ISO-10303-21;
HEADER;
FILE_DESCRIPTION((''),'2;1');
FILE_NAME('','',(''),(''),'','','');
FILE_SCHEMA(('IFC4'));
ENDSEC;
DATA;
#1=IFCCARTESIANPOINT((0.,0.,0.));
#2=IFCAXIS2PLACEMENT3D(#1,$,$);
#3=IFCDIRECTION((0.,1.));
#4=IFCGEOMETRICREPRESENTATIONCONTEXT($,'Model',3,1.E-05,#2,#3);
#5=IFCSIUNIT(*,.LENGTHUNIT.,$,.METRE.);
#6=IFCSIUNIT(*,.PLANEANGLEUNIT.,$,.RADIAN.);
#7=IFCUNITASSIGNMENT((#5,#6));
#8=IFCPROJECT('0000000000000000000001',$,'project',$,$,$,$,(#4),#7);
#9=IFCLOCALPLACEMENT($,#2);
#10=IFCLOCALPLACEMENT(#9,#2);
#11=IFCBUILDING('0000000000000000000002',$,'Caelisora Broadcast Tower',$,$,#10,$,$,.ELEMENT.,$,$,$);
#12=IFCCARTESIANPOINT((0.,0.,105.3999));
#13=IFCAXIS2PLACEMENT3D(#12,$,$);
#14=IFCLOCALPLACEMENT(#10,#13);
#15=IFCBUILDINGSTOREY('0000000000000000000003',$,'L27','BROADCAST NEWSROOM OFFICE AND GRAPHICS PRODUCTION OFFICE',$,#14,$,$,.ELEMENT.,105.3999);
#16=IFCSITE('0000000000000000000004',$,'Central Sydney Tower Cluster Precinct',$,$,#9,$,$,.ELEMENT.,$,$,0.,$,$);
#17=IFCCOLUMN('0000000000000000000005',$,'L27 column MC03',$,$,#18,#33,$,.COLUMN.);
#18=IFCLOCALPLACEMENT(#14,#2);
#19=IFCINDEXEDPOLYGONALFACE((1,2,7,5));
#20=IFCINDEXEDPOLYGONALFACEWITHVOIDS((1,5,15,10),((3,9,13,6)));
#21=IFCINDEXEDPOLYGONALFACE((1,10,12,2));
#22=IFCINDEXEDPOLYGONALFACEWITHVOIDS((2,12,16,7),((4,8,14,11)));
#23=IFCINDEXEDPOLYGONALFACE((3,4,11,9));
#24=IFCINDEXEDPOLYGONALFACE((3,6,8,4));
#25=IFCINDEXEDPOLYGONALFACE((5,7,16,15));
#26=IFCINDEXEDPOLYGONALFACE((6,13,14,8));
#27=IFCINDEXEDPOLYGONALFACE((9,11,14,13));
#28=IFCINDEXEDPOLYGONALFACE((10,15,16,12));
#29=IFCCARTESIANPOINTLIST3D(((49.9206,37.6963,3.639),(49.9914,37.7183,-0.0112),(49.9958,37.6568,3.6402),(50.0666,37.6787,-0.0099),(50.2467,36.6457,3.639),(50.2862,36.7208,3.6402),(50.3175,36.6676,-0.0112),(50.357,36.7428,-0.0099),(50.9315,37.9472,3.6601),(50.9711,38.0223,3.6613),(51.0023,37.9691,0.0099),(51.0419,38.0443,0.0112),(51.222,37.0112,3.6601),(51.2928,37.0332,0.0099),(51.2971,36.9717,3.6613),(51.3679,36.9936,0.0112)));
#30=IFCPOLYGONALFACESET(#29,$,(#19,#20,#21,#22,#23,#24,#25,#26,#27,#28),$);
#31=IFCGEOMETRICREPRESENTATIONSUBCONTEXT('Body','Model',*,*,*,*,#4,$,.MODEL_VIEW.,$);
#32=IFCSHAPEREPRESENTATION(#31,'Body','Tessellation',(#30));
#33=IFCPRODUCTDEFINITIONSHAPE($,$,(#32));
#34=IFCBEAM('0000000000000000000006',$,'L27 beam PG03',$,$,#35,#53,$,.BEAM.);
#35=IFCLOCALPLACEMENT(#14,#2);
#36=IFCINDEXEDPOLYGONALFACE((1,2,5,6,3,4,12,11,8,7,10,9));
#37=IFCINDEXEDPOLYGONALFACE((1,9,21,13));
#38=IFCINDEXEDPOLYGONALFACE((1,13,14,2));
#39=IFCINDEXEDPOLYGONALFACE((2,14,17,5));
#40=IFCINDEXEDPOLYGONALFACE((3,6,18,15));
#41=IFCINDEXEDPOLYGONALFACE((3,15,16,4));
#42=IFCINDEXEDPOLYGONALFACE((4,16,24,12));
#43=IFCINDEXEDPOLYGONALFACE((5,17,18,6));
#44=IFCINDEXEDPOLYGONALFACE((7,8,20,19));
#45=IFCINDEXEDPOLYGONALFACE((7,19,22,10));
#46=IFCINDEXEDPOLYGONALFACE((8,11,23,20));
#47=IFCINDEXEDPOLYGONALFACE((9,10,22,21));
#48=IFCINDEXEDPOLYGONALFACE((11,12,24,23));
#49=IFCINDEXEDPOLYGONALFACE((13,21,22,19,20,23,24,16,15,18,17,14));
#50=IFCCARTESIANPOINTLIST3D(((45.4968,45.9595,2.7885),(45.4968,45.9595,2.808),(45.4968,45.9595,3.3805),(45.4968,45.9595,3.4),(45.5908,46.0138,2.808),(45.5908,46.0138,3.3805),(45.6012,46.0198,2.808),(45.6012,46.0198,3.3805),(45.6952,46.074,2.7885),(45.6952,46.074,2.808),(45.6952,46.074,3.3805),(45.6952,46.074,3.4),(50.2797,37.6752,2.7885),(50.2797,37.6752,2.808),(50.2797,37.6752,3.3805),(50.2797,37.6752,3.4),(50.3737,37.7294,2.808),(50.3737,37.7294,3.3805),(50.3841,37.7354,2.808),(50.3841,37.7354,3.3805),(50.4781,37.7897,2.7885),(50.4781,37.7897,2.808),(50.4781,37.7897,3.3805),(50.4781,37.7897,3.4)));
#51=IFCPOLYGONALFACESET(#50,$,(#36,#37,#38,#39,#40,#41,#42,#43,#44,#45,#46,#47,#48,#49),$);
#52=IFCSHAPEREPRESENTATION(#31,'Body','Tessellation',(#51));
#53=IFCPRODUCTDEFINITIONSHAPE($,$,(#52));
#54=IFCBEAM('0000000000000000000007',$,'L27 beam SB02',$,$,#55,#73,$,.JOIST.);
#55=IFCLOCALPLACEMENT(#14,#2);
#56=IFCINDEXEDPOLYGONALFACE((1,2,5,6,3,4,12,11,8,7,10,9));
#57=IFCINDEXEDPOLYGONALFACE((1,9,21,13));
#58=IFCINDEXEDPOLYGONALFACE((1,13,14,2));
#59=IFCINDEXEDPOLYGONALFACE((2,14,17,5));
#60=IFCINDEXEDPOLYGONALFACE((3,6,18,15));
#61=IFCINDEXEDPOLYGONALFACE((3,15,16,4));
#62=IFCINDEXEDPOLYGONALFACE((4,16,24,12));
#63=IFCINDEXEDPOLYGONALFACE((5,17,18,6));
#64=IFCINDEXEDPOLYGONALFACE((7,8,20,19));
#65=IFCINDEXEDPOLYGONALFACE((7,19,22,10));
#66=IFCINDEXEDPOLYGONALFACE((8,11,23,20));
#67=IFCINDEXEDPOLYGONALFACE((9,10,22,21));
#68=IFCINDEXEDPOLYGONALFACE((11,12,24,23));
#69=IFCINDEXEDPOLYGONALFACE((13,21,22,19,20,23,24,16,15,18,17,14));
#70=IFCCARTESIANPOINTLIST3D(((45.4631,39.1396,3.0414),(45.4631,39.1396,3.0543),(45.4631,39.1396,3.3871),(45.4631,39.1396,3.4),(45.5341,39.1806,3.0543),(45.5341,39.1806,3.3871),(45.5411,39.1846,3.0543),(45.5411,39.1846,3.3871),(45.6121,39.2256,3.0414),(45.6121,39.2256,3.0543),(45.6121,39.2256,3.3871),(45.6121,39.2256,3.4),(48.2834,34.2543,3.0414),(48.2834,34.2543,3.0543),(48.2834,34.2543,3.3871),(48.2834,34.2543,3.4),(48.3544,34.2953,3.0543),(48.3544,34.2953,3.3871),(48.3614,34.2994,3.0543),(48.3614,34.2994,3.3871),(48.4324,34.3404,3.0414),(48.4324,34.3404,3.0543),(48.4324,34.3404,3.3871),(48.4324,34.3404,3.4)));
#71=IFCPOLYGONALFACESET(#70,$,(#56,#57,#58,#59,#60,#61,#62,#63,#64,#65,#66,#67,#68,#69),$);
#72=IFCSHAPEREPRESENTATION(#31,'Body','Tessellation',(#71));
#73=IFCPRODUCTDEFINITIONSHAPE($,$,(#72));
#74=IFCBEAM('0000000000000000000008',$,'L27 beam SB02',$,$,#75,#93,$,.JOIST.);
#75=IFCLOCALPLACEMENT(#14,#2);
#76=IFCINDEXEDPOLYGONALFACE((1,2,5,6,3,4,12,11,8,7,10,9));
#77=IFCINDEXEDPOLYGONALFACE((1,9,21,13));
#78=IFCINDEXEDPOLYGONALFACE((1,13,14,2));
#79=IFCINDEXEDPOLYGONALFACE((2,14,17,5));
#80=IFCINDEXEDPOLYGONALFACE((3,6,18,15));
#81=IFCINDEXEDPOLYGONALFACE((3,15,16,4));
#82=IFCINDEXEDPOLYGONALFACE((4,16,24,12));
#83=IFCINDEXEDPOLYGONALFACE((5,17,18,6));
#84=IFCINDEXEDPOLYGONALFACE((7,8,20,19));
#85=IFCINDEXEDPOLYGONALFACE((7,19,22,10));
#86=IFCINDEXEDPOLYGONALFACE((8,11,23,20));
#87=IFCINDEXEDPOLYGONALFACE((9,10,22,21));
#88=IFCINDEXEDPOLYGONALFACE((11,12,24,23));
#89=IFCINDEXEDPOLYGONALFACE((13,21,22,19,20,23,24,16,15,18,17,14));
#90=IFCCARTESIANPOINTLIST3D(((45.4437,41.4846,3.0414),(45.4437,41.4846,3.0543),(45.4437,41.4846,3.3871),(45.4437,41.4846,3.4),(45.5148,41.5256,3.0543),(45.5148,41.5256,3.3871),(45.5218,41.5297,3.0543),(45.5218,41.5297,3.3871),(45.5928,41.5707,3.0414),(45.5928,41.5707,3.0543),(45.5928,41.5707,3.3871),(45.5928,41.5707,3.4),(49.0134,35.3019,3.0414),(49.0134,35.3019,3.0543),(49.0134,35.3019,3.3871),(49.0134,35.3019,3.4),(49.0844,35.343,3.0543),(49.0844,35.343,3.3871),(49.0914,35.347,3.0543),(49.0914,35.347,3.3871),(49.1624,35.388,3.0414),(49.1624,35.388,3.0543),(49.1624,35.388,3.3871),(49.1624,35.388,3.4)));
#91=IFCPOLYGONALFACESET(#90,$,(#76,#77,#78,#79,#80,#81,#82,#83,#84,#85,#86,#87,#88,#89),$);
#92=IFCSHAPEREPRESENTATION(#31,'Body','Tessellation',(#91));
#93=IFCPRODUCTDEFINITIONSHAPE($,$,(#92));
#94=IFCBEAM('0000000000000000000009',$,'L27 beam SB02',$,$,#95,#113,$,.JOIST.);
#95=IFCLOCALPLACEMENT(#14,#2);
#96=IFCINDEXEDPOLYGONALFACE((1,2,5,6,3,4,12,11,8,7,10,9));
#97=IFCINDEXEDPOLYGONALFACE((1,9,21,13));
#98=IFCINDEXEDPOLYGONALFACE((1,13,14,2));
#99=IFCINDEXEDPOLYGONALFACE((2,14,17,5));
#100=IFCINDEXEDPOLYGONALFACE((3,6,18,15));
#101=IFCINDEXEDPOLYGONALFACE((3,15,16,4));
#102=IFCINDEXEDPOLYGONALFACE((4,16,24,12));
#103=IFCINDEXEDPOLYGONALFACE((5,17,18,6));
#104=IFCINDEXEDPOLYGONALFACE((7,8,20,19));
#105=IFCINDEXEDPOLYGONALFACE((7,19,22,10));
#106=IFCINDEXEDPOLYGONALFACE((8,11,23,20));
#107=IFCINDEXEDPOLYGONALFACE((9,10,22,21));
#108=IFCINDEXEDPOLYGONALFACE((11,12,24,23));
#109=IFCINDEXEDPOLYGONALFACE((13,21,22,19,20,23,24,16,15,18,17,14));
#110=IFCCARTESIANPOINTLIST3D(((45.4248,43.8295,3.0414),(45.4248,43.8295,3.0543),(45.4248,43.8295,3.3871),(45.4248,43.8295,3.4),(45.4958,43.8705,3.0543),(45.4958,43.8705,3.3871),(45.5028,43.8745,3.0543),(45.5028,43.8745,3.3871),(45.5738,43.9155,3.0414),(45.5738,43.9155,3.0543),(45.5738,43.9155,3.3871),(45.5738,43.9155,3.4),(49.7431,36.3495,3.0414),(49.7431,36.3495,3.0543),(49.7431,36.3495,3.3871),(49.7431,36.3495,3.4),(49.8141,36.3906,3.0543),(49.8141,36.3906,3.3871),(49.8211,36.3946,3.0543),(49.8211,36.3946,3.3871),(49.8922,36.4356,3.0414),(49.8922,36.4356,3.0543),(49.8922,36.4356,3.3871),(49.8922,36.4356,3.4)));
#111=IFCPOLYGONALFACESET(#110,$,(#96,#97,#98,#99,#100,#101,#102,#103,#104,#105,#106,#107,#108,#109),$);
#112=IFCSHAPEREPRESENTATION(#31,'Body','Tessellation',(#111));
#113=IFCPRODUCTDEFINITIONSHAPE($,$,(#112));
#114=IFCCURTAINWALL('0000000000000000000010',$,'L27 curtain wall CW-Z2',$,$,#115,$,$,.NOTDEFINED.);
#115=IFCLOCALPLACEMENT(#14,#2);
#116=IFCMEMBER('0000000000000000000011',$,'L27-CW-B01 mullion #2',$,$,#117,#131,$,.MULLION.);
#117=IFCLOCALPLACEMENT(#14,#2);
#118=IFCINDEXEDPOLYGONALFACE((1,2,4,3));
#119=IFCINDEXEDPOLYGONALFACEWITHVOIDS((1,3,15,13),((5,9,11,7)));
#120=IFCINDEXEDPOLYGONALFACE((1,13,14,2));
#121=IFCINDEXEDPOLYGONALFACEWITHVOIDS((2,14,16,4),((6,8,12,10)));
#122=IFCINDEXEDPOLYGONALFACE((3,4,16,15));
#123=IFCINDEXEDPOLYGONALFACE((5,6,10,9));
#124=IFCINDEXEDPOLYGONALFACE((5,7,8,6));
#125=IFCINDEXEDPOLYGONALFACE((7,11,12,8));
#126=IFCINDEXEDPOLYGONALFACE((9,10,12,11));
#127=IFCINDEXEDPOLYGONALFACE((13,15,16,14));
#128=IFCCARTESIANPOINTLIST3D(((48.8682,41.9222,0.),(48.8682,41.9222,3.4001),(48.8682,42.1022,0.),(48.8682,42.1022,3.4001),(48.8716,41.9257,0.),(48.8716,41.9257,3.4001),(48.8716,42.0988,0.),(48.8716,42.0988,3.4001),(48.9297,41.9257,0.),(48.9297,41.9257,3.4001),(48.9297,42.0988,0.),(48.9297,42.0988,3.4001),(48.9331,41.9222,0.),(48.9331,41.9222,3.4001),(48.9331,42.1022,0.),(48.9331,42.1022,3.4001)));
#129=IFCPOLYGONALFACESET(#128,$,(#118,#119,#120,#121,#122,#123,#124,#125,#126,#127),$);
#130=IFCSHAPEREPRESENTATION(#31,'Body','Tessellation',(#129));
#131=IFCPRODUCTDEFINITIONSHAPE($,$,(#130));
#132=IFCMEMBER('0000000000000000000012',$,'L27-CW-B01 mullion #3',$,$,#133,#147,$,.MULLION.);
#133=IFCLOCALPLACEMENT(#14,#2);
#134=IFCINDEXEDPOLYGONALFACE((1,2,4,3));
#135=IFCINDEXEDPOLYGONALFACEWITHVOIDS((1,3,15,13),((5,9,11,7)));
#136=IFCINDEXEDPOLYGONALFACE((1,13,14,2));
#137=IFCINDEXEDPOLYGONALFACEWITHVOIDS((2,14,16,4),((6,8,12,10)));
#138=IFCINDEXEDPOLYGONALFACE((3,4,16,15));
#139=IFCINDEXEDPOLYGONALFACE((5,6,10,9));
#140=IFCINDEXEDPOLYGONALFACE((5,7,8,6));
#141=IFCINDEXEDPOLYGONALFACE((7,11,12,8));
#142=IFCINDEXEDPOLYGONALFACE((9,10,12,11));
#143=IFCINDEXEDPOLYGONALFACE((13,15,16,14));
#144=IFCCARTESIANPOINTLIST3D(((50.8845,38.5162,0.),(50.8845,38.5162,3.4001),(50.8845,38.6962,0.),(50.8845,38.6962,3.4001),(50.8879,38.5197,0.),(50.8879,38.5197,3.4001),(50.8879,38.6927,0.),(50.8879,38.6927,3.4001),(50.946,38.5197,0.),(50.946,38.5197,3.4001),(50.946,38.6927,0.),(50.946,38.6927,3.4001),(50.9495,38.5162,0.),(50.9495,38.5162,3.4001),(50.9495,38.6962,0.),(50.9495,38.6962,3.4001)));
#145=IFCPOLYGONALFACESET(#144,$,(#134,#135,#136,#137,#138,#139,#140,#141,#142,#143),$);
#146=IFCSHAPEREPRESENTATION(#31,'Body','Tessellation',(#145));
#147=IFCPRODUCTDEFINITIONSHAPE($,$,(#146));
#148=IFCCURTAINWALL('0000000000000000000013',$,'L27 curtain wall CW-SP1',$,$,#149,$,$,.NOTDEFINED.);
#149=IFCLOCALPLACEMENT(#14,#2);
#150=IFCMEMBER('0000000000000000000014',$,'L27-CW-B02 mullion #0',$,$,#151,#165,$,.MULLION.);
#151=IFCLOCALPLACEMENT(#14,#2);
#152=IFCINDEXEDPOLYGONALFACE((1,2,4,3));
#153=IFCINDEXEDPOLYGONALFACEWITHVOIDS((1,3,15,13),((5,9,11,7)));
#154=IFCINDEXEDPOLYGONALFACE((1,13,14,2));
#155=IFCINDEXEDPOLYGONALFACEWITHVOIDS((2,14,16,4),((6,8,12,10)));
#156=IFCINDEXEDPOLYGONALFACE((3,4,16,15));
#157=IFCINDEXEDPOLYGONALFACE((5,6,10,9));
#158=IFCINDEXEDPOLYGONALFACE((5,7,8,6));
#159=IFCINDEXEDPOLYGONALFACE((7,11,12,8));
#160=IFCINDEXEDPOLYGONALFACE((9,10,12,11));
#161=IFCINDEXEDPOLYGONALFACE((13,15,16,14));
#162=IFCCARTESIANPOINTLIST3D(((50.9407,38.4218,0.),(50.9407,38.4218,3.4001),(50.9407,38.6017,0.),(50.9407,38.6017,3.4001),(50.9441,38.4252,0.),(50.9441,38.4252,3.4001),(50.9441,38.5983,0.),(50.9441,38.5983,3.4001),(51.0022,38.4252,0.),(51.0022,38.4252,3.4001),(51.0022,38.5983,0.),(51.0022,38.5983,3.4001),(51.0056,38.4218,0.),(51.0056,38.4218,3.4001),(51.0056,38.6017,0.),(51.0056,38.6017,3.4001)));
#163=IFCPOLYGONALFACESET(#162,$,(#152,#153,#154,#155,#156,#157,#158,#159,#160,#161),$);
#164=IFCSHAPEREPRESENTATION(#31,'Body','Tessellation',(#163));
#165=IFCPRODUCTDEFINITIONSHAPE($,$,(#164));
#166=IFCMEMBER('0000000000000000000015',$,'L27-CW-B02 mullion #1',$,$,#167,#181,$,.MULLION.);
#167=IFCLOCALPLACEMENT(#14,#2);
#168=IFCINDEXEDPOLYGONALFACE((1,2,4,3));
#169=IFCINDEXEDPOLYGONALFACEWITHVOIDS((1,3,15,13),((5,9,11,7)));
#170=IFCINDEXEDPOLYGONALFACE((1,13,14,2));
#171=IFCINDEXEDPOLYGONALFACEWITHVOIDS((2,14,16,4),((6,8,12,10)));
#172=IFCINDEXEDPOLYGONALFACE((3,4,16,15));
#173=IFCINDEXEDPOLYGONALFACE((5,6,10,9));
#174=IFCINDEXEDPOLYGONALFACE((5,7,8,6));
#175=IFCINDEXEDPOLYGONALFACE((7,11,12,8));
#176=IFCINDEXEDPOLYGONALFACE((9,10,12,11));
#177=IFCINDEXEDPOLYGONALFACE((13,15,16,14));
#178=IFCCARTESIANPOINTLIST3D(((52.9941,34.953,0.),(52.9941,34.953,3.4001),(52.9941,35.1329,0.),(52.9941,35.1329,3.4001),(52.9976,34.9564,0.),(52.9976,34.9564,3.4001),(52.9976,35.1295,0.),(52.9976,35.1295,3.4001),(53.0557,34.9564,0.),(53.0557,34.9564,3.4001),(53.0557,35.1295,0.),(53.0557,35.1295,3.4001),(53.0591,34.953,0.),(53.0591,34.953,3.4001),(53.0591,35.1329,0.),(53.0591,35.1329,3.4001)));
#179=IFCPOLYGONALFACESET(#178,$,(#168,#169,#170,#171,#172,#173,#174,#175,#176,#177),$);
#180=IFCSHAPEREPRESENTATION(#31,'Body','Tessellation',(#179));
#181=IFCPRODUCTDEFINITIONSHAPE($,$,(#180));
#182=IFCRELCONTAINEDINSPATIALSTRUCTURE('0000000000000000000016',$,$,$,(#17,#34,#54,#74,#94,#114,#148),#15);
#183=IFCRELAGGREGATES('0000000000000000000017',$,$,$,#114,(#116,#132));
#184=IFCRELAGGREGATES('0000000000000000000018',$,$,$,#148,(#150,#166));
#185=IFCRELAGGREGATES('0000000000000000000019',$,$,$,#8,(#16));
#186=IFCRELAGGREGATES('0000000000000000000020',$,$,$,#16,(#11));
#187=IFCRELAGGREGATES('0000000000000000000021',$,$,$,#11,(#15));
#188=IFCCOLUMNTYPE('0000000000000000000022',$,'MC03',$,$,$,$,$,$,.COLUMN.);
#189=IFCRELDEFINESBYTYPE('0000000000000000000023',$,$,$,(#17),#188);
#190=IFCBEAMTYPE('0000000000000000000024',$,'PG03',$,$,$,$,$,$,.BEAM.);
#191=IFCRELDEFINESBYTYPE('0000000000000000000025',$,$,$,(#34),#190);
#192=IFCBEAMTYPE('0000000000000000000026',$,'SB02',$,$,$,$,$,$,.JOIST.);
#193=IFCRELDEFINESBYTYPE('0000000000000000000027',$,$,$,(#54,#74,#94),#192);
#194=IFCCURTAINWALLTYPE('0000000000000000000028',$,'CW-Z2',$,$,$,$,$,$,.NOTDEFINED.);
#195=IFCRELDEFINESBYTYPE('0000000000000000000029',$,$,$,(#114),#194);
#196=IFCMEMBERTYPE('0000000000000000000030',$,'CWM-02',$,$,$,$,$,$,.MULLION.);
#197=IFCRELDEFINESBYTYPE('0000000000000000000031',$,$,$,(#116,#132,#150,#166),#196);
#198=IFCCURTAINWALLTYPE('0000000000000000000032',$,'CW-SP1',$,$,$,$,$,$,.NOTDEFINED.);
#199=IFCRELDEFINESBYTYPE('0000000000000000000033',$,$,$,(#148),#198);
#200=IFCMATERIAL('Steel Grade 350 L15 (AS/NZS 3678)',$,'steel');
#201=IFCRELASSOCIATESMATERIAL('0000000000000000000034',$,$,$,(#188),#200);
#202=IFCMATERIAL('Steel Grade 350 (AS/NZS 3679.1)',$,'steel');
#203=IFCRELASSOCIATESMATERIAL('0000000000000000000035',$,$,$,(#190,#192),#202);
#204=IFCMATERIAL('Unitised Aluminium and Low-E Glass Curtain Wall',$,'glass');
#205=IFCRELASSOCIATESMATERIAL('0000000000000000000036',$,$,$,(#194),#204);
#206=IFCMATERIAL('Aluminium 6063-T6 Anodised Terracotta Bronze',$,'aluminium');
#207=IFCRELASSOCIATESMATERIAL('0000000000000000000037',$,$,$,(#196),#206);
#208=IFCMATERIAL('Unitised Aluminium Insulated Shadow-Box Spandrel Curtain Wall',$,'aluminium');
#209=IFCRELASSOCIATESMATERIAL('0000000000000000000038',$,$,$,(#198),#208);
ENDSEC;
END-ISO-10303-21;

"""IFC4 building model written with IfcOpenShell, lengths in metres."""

from ifc_helpers import new_model, si_unit, direction, frame, origin, origin_2d, place, context, subcontext, project, spatial, hollow_rectangle, i_section, extrude, source, transform, mapped, material, material_profile, profile_set, type_object, type_shapes, element, aggregate, save


model = new_model("IFC4")

# Units and contexts
model_context = context("Model", 3, precision=1e-05, world=origin(), true_north=direction((0.0, 1.0)))
body_context = subcontext(model_context, "Body", "Model", "MODEL_VIEW")
ifc_project = project(units=[si_unit("LENGTHUNIT", "METRE"), si_unit("PLANEANGLEUNIT", "RADIAN")], contexts=[model_context])

# Site, building, storey
site_placement = place(None, origin())
site = spatial("IfcSite", under=ifc_project, at=site_placement, Name="Central Sydney Tower Cluster Precinct", CompositionType="ELEMENT", RefElevation=0.0)
building_placement = place(site_placement, origin())
building = spatial("IfcBuilding", under=site, at=building_placement, Name="Caelisora Broadcast Tower", CompositionType="ELEMENT")
storey_placement = place(building_placement, frame((0.0, 0.0, 105.3999)))
storey = spatial("IfcBuildingStorey", under=building, at=storey_placement, Name="L27", Description="BROADCAST NEWSROOM OFFICE AND GRAPHICS PRODUCTION OFFICE", CompositionType="ELEMENT", Elevation=105.3999)

# Column
ifc_material_1 = material(Name="Steel Grade 350 L15 (AS/NZS 3678)", Category="steel")
ifc_material_profile_1 = material_profile(ifc_material_1, hollow_rectangle(XDim=1.1001, YDim=1.1001, WallThickness=0.0601, at=origin_2d()), Name="Steel Grade 350 L15 (AS/NZS 3678)")
ifc_profile_set_1 = profile_set([ifc_material_profile_1], Name="Steel Grade 350 L15 (AS/NZS 3678)")
column_type = type_object("IfcColumnType", Name="MC03", PredefinedType="COLUMN", material=ifc_profile_set_1)
shared_shape_1 = source(origin(), body_context, "Body", "SweptSolid", [
    extrude(hollow_rectangle(XDim=1.1001, YDim=1.1001, WallThickness=0.0601, at=origin_2d()), origin(), (0.0, 0.0, 1.0), 3.6509),
])
type_shapes(column_type, [shared_shape_1])
column_placement = place(storey_placement, frame((50.6797, 37.356, 0.0), z_axis=(-0.019393, -0.006018, 0.999794), x_axis=(0.296399, -0.955064, 0.0)))
element("IfcColumn", 1, at=column_placement, inside=storey, type_object=column_type, Name="L27 column MC03", PredefinedType="COLUMN", context=body_context, shape_type="MappedRepresentation", body=[
    mapped(shared_shape_1, transform((0.0, 0.0, 0.0), scale=1.0)),
])

# Beams
ifc_material_2 = material(Name="Steel Grade 350 (AS/NZS 3679.1)", Category="steel")
ifc_material_profile_2 = material_profile(ifc_material_2, i_section(OverallWidth=0.229, OverallDepth=0.6116, WebThickness=0.012, FlangeThickness=0.0195, at=origin_2d()), Name="Steel Grade 350 (AS/NZS 3679.1)")
ifc_profile_set_2 = profile_set([ifc_material_profile_2], Name="Steel Grade 350 (AS/NZS 3679.1)")
beam_type_1 = type_object("IfcBeamType", Name="PG03", PredefinedType="BEAM", material=ifc_profile_set_2)
shared_shape_2 = source(origin(), body_context, "Body", "SweptSolid", [
    extrude(i_section(OverallWidth=0.229, OverallDepth=0.6116, WebThickness=0.012, FlangeThickness=0.0195, at=origin_2d()), origin(), (0.0, 0.0, 1.0), 9.5659),
])
type_shapes(beam_type_1, [shared_shape_2])
beam_1_placement = place(storey_placement, frame((50.3789, 37.7324, 3.0942), z_axis=(-0.499996, 0.866028, 0.0), x_axis=(-0.866028, -0.499996, 0.0)))
element("IfcBeam", 2, at=beam_1_placement, inside=storey, type_object=beam_type_1, Name="L27 beam PG03", PredefinedType="BEAM", context=body_context, shape_type="MappedRepresentation", body=[
    mapped(shared_shape_2, transform((0.0, 0.0, 0.0), scale=1.0)),
])
ifc_material_profile_3 = material_profile(ifc_material_2, i_section(OverallWidth=0.1721, OverallDepth=0.3586, WebThickness=0.0081, FlangeThickness=0.0129, at=origin_2d()), Name="Steel Grade 350 (AS/NZS 3679.1)")
ifc_profile_set_3 = profile_set([ifc_material_profile_3], Name="Steel Grade 350 (AS/NZS 3679.1)")
beam_type_2 = type_object("IfcBeamType", Name="SB02", PredefinedType="JOIST", material=ifc_profile_set_3)
shared_shape_3 = source(origin(), body_context, "Body", "SweptSolid", [
    extrude(i_section(OverallWidth=0.1721, OverallDepth=0.3586, WebThickness=0.0081, FlangeThickness=0.0129, at=origin_2d()), origin(), (0.0, 0.0, 1.0), 5.6409),
])
beam_2_placement = place(storey_placement, frame((48.3579, 34.2974, 3.2207), z_axis=(-0.499975, 0.86604, 0.0), x_axis=(-0.86604, -0.499975, 0.0)))
element("IfcBeam", 3, at=beam_2_placement, inside=storey, type_object=beam_type_2, Name="L27 beam SB02", PredefinedType="JOIST", context=body_context, shape_type="MappedRepresentation", body=[
    mapped(shared_shape_3, transform((0.0, 0.0, 0.0), scale=1.0)),
])
shared_shape_4 = source(origin(), body_context, "Body", "SweptSolid", [
    extrude(i_section(OverallWidth=0.1721, OverallDepth=0.3586, WebThickness=0.0081, FlangeThickness=0.0129, at=origin_2d()), origin(), (0.0, 0.0, 1.0), 7.1392),
])
beam_3_placement = place(storey_placement, frame((49.0879, 35.345, 3.2207), z_axis=(-0.500005, 0.866023, 0.0), x_axis=(-0.866023, -0.500005, 0.0)))
element("IfcBeam", 4, at=beam_3_placement, inside=storey, type_object=beam_type_2, Name="L27 beam SB02", PredefinedType="JOIST", context=body_context, shape_type="MappedRepresentation", body=[
    mapped(shared_shape_4, transform((0.0, 0.0, 0.0), scale=1.0)),
])
shared_shape_5 = source(origin(), body_context, "Body", "SweptSolid", [
    extrude(i_section(OverallWidth=0.1721, OverallDepth=0.3586, WebThickness=0.0081, FlangeThickness=0.0129, at=origin_2d()), origin(), (0.0, 0.0, 1.0), 8.637),
])
type_shapes(beam_type_2, [shared_shape_3, shared_shape_4, shared_shape_5])
beam_4_placement = place(storey_placement, frame((49.8176, 36.3926, 3.2207), z_axis=(-0.499982, 0.866036, 0.0), x_axis=(-0.866036, -0.499982, 0.0)))
element("IfcBeam", 5, at=beam_4_placement, inside=storey, type_object=beam_type_2, Name="L27 beam SB02", PredefinedType="JOIST", context=body_context, shape_type="MappedRepresentation", body=[
    mapped(shared_shape_5, transform((0.0, 0.0, 0.0), scale=1.0)),
])

# Curtain walls, members
ifc_material_3 = material(Name="Unitised Aluminium and Low-E Glass Curtain Wall", Category="glass")
curtain_wall_type_1 = type_object("IfcCurtainWallType", Name="CW-Z2", PredefinedType="NOTDEFINED", material=ifc_material_3)
curtain_wall_1_placement = place(storey_placement, origin())
curtain_wall_1 = element("IfcCurtainWall", 6, at=curtain_wall_1_placement, inside=storey, type_object=curtain_wall_type_1, Name="L27 curtain wall CW-Z2", PredefinedType="NOTDEFINED")
ifc_material_4 = material(Name="Aluminium 6063-T6 Anodised Terracotta Bronze", Category="aluminium")
ifc_material_profile_4 = material_profile(ifc_material_4, hollow_rectangle(XDim=0.0649, YDim=0.1799, WallThickness=0.0034, at=origin_2d()), Name="Aluminium 6063-T6 Anodised Terracotta Bronze")
ifc_profile_set_4 = profile_set([ifc_material_profile_4], Name="Aluminium 6063-T6 Anodised Terracotta Bronze")
member_type_1 = type_object("IfcMemberType", Name="CWM-02", PredefinedType="MULLION", material=ifc_profile_set_4)
shared_shape_6 = source(origin(), body_context, "Body", "SweptSolid", [
    extrude(hollow_rectangle(XDim=0.0649, YDim=0.1799, WallThickness=0.0034, at=origin_2d()), origin(), (0.0, 0.0, 1.0), 3.4001),
])
type_shapes(member_type_1, [shared_shape_6])
member_1_placement = place(storey_placement, frame((48.9006, 42.0122, 0.0), z_axis=(0.0, 0.0, 1.0), x_axis=(1.0, 0.0, 0.0)))
member_1 = element("IfcMember", 7, at=member_1_placement, type_object=member_type_1, Name="L27-CW-B01 mullion #2", PredefinedType="MULLION", context=body_context, shape_type="MappedRepresentation", body=[
    mapped(shared_shape_6, transform((0.0, 0.0, 0.0), scale=1.0)),
])
member_2_placement = place(storey_placement, frame((50.917, 38.6062, 0.0), z_axis=(0.0, 0.0, 1.0), x_axis=(1.0, 0.0, 0.0)))
member_2 = element("IfcMember", 8, at=member_2_placement, type_object=member_type_1, Name="L27-CW-B01 mullion #3", PredefinedType="MULLION", context=body_context, shape_type="MappedRepresentation", body=[
    mapped(shared_shape_6, transform((0.0, 0.0, 0.0), scale=1.0)),
])
ifc_material_5 = material(Name="Unitised Aluminium Insulated Shadow-Box Spandrel Curtain Wall", Category="aluminium")
curtain_wall_type_2 = type_object("IfcCurtainWallType", Name="CW-SP1", PredefinedType="NOTDEFINED", material=ifc_material_5)
curtain_wall_2_placement = place(storey_placement, origin())
curtain_wall_2 = element("IfcCurtainWall", 9, at=curtain_wall_2_placement, inside=storey, type_object=curtain_wall_type_2, Name="L27 curtain wall CW-SP1", PredefinedType="NOTDEFINED")
member_3_placement = place(storey_placement, frame((50.9731, 38.5117, 0.0), z_axis=(0.0, 0.0, 1.0), x_axis=(1.0, 0.0, 0.0)))
member_3 = element("IfcMember", 10, at=member_3_placement, type_object=member_type_1, Name="L27-CW-B02 mullion #0", PredefinedType="MULLION", context=body_context, shape_type="MappedRepresentation", body=[
    mapped(shared_shape_6, transform((0.0, 0.0, 0.0), scale=1.0)),
])
member_4_placement = place(storey_placement, frame((53.0266, 35.043, 0.0), z_axis=(0.0, 0.0, 1.0), x_axis=(1.0, 0.0, 0.0)))
member_4 = element("IfcMember", 11, at=member_4_placement, type_object=member_type_1, Name="L27-CW-B02 mullion #1", PredefinedType="MULLION", context=body_context, shape_type="MappedRepresentation", body=[
    mapped(shared_shape_6, transform((0.0, 0.0, 0.0), scale=1.0)),
])

aggregate(curtain_wall_1, [member_1, member_2])
aggregate(curtain_wall_2, [member_3, member_4])

save(model, "model.ifc")
